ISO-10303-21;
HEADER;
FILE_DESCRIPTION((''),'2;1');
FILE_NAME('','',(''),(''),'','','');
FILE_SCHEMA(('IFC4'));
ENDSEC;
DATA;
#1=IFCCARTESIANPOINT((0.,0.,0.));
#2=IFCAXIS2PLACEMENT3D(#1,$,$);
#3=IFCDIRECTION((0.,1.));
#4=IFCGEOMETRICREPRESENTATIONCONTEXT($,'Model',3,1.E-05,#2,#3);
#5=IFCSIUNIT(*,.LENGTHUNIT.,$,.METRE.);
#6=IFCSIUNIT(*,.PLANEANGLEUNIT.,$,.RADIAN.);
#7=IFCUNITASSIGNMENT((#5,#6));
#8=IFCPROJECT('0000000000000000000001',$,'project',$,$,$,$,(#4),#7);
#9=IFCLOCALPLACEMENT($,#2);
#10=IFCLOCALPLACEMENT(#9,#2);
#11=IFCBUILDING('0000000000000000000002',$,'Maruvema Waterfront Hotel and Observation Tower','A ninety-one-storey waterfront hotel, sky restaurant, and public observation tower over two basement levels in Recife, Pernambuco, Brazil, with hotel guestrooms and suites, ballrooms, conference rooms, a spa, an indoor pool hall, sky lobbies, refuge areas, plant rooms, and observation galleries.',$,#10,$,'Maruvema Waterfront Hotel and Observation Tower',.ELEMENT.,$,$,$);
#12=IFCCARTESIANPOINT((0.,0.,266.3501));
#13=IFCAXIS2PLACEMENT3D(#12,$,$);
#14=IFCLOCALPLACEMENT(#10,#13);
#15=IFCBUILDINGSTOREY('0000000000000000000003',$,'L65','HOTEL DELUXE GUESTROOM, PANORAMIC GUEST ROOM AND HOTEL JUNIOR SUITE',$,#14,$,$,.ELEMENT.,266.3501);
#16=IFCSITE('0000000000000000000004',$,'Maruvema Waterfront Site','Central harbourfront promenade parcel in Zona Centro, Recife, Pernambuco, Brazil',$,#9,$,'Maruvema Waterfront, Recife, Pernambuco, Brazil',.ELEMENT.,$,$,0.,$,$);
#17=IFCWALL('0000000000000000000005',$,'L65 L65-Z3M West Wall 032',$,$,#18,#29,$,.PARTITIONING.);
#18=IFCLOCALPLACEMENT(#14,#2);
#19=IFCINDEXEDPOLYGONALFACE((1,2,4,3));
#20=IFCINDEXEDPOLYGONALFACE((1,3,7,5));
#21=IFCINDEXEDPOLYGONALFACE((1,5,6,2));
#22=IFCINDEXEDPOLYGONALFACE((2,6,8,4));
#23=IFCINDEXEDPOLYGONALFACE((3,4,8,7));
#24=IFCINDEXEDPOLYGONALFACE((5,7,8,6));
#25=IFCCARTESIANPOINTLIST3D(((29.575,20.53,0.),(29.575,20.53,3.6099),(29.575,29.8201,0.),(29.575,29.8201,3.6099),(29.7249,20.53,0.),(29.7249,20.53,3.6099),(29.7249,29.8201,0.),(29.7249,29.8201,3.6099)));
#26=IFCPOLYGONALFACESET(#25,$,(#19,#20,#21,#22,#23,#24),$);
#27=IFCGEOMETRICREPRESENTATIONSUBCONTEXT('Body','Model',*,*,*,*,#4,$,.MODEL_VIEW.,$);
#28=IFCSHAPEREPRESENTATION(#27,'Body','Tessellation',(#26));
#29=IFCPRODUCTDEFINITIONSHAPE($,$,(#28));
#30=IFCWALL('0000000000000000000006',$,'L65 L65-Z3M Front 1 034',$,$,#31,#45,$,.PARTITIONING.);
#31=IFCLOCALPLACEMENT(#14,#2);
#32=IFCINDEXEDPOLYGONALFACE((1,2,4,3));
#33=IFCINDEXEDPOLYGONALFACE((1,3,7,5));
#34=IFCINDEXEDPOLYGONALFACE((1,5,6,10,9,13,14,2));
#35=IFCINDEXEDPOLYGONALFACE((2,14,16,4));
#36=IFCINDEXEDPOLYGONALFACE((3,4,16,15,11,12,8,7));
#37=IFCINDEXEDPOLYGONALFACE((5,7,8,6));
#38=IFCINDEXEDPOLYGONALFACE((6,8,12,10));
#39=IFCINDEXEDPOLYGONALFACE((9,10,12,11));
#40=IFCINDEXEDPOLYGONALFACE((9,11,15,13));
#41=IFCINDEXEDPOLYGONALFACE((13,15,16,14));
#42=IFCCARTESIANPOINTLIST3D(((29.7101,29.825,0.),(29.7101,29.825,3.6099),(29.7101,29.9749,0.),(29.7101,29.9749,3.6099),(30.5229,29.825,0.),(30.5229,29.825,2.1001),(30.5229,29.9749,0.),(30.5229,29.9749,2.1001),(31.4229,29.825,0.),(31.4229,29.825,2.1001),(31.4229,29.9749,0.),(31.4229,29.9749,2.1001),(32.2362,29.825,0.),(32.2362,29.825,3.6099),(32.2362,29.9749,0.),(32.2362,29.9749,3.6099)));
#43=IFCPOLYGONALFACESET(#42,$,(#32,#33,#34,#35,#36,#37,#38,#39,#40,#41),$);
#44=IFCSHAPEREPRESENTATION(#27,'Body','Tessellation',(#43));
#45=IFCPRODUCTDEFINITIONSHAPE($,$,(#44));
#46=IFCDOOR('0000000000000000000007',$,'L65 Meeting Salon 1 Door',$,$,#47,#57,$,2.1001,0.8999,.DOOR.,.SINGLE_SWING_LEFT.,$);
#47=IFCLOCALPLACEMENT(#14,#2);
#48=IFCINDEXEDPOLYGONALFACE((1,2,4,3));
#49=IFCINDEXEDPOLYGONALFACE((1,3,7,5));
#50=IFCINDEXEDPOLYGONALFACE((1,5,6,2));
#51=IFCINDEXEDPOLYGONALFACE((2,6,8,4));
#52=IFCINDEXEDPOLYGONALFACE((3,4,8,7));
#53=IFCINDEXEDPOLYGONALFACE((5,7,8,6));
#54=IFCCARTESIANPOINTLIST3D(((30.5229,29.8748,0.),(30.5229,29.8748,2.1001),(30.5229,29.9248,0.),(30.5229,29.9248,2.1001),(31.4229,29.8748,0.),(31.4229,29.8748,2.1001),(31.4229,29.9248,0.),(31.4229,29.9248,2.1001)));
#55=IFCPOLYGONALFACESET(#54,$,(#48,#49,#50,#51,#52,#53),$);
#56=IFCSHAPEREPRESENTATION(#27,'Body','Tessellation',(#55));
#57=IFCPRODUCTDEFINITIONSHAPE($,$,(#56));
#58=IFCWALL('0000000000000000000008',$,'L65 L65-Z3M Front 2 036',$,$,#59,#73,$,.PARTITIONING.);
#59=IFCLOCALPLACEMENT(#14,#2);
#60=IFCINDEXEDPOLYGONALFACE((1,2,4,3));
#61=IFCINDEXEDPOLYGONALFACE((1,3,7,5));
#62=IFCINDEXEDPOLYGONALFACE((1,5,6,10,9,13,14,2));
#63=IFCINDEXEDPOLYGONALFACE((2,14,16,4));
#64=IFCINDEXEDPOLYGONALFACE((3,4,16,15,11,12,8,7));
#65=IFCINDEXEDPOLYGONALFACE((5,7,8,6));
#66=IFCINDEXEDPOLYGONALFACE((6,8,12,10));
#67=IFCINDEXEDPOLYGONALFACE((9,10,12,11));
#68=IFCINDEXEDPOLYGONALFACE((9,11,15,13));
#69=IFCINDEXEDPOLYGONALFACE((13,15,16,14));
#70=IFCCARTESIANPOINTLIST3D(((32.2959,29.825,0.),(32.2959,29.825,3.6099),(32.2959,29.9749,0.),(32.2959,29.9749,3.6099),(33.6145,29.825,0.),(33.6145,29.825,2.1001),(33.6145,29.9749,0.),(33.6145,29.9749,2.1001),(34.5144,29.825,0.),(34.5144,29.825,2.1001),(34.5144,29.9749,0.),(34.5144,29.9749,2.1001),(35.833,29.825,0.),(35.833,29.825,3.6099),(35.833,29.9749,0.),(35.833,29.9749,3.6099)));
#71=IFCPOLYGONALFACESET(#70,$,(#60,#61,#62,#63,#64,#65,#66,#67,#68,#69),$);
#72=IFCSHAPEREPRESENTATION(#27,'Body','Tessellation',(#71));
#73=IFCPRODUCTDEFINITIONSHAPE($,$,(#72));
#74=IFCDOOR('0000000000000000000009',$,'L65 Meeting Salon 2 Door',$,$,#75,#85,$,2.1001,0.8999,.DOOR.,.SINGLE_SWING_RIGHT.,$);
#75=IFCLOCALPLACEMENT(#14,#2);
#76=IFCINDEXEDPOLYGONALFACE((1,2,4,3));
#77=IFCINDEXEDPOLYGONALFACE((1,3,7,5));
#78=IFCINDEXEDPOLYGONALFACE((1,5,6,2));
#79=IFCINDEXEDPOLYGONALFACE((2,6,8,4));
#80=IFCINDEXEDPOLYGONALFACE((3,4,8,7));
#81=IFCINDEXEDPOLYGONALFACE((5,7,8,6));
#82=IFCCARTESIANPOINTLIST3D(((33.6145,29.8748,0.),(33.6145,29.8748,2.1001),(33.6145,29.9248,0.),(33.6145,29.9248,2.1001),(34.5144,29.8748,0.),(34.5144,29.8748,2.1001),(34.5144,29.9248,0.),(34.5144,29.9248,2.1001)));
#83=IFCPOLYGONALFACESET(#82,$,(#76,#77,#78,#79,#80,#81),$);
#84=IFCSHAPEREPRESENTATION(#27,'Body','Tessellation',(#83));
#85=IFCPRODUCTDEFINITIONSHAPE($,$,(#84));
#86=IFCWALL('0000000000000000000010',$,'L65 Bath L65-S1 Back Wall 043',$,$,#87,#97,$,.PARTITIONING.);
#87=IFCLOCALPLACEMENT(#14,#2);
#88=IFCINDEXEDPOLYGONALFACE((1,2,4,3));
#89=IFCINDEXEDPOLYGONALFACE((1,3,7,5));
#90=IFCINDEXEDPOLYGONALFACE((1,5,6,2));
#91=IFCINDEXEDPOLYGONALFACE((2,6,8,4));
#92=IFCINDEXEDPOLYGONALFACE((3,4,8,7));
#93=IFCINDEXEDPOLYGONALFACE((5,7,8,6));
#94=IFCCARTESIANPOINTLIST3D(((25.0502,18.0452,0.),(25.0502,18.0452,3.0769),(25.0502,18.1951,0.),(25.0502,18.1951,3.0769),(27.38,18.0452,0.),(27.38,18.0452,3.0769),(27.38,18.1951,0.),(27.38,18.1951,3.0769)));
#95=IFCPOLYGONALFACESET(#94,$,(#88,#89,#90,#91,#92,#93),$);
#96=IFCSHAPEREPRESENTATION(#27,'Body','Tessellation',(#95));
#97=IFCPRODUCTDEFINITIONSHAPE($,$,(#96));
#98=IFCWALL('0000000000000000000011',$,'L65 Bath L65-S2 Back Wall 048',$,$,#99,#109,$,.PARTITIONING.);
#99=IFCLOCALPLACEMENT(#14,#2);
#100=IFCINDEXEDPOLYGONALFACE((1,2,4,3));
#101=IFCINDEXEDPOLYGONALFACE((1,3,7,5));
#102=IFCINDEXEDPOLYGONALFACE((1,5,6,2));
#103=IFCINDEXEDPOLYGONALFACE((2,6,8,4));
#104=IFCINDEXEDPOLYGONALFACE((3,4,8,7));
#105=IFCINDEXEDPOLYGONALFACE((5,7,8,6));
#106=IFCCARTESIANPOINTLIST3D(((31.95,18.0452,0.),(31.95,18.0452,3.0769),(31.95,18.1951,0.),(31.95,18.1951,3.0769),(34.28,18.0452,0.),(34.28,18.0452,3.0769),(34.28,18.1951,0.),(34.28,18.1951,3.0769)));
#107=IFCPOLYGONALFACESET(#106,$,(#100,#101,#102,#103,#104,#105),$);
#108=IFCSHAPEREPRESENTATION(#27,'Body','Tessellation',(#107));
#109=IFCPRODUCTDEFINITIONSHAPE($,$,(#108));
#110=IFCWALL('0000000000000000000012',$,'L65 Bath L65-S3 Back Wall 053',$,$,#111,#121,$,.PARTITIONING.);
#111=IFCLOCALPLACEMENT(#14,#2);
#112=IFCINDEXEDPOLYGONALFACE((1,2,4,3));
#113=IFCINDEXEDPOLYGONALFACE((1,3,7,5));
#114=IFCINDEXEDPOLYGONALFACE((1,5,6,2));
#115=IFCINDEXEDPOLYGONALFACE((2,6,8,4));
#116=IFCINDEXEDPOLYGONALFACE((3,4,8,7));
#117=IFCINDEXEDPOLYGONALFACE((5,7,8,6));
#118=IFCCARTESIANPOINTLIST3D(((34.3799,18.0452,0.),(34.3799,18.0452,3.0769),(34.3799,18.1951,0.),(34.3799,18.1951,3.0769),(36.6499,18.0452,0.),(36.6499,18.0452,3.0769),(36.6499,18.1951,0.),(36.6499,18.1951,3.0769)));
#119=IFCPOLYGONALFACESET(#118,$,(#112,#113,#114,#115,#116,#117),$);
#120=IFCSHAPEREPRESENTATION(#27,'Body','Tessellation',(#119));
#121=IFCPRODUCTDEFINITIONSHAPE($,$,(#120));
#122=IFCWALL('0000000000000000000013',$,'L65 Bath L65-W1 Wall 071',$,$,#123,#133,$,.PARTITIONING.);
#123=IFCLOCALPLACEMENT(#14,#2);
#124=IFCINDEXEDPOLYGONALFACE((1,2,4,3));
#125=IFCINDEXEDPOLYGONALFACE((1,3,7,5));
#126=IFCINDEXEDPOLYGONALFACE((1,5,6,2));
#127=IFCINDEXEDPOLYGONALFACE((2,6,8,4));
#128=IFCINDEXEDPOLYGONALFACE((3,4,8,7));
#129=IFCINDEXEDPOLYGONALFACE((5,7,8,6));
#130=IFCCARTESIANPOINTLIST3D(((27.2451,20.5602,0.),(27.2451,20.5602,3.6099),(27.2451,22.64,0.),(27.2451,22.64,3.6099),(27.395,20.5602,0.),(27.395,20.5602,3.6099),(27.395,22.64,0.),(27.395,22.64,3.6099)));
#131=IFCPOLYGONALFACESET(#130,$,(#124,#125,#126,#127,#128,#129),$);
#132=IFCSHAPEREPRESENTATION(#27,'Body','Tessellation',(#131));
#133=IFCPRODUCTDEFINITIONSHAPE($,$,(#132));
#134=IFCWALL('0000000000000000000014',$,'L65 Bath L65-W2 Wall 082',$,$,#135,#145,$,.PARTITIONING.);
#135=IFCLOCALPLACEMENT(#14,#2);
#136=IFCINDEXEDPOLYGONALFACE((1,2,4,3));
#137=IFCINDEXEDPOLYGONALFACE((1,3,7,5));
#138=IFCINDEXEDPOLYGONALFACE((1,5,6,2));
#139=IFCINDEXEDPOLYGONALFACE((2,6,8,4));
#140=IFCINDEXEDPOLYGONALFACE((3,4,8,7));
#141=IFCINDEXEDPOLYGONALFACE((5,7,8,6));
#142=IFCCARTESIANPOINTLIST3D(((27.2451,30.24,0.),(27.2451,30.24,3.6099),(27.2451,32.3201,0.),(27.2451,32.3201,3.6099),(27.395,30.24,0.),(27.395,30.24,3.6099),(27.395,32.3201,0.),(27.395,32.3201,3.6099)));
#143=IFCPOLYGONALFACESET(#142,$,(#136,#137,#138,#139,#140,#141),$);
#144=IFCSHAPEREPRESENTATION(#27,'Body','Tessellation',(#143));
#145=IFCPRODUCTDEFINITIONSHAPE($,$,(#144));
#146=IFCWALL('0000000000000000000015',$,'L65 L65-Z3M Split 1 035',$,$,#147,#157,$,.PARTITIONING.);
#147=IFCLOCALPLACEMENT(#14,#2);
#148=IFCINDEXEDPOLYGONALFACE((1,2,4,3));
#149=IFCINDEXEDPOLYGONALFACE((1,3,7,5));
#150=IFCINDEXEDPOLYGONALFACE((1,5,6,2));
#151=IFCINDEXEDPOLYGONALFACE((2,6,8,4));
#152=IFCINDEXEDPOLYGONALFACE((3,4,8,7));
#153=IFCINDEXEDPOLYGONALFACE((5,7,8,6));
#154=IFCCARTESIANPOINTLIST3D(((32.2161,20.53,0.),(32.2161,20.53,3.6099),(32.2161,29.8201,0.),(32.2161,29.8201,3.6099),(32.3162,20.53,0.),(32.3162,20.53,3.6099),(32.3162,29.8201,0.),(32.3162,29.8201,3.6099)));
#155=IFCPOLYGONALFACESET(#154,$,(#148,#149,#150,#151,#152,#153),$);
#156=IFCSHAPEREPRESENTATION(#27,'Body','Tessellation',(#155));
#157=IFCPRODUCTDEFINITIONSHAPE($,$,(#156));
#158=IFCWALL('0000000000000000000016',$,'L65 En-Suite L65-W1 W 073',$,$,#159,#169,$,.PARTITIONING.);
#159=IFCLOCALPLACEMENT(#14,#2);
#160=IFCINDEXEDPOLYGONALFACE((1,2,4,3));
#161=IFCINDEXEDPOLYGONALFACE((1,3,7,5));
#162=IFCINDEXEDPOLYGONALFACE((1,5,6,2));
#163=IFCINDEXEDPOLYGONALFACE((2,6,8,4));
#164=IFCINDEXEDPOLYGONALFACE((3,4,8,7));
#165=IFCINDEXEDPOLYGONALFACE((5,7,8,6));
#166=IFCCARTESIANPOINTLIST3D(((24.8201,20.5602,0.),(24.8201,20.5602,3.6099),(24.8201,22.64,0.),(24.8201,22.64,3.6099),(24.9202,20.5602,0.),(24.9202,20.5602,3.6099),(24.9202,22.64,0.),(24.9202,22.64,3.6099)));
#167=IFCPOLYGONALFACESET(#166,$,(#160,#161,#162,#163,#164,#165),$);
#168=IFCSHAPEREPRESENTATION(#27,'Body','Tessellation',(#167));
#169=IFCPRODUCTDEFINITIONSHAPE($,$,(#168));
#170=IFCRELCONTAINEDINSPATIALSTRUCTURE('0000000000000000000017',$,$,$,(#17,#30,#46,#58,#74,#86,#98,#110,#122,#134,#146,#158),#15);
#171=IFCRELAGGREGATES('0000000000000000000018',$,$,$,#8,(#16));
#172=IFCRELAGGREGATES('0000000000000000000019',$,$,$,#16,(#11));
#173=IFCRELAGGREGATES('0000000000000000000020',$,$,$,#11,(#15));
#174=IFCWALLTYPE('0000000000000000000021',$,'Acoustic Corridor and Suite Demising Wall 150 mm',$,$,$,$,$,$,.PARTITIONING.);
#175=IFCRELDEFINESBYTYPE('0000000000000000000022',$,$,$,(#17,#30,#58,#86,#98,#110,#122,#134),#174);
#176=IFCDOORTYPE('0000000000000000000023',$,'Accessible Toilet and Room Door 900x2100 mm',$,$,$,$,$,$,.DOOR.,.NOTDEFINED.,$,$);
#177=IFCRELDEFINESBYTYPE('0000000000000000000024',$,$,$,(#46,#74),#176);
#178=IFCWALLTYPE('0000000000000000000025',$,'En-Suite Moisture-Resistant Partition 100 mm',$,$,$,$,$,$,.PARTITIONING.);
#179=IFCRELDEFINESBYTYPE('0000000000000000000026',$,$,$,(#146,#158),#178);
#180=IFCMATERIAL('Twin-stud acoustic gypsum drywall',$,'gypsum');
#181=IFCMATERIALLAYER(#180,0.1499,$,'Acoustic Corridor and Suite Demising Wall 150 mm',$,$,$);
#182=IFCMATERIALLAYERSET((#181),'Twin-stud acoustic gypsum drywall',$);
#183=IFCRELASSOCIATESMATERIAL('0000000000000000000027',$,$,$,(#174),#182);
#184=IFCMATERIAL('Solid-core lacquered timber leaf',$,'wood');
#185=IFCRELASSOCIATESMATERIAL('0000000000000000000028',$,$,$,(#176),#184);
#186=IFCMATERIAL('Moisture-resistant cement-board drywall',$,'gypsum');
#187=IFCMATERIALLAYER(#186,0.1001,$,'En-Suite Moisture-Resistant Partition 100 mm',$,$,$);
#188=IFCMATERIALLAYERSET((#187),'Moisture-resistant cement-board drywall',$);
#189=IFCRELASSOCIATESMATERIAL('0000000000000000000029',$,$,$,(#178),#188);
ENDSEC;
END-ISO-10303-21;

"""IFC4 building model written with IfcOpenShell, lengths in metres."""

from ifc_helpers import new_model, si_unit, direction, frame, frame_2d, origin, place, context, subcontext, project, spatial, rectangle, extrude, material, layer, layer_set, type_object, element, fill, save


model = new_model("IFC4")

# Units and contexts
model_context = context("Model", 3, precision=1e-05, world=origin(), true_north=direction((0.0, 1.0)))
body_context = subcontext(model_context, "Body", "Model", "MODEL_VIEW")
ifc_project = project(units=[si_unit("LENGTHUNIT", "METRE"), si_unit("PLANEANGLEUNIT", "RADIAN")], contexts=[model_context])

# Site, building, storey
site_placement = place(None, origin())
site = spatial("IfcSite", under=ifc_project, at=site_placement, Name="Maruvema Waterfront Site", Description="Central harbourfront promenade parcel in Zona Centro, Recife, Pernambuco, Brazil", LongName="Maruvema Waterfront, Recife, Pernambuco, Brazil", CompositionType="ELEMENT", RefElevation=0.0)
building_placement = place(site_placement, origin())
building = spatial("IfcBuilding", under=site, at=building_placement, Name="Maruvema Waterfront Hotel and Observation Tower", Description="A ninety-one-storey waterfront hotel, sky restaurant, and public observation tower over two basement levels in Recife, Pernambuco, Brazil, with hotel guestrooms and suites, ballrooms, conference rooms, a spa, an indoor pool hall, sky lobbies, refuge areas, plant rooms, and observation galleries.", LongName="Maruvema Waterfront Hotel and Observation Tower", CompositionType="ELEMENT")
storey_placement = place(building_placement, frame((0.0, 0.0, 266.3501)))
storey = spatial("IfcBuildingStorey", under=building, at=storey_placement, Name="L65", Description="HOTEL DELUXE GUESTROOM, PANORAMIC GUEST ROOM AND HOTEL JUNIOR SUITE", CompositionType="ELEMENT", Elevation=266.3501)

# Wall
ifc_material_1 = material(Name="Twin-stud acoustic gypsum drywall", Category="gypsum")
ifc_layer_1 = layer(ifc_material_1, 0.1499, Name="Acoustic Corridor and Suite Demising Wall 150 mm")
ifc_layer_set_1 = layer_set([ifc_layer_1], Name="Twin-stud acoustic gypsum drywall")
wall_type_1 = type_object("IfcWallType", Name="Acoustic Corridor and Suite Demising Wall 150 mm", PredefinedType="PARTITIONING", material=ifc_layer_set_1)
wall_1_placement = place(storey_placement, frame((29.6499, 20.53, 0.0), z_axis=(0.0, 0.0, 1.0), x_axis=(0.0, 1.0, 0.0)))
element("IfcWall", 1, at=wall_1_placement, inside=storey, type_object=wall_type_1, Name="L65 L65-Z3M West Wall 032", PredefinedType="PARTITIONING", context=body_context, shape_type="SweptSolid", body=[
    extrude(rectangle(XDim=9.29, YDim=0.1499, at=frame_2d((4.645, 0.0))), origin(), (0.0, 0.0, 1.0), 3.6099),
])

# Walls, openings, doors
wall_2_placement = place(storey_placement, frame((29.71, 29.8999, 0.0), z_axis=(0.0, 0.0, 1.0), x_axis=(1.0, 0.0, 0.0)))
wall_2 = element("IfcWall", 2, at=wall_2_placement, inside=storey, type_object=wall_type_1, Name="L65 L65-Z3M Front 1 034", PredefinedType="PARTITIONING", context=body_context, shape_type="SweptSolid", body=[
    extrude(rectangle(XDim=2.5261, YDim=0.1499, at=frame_2d((1.2632, 0.0))), origin(), (0.0, 0.0, 1.0), 3.6099),
])
opening_1_placement = place(wall_2_placement, frame((0.813, 0.0, 0.0)))
opening_1 = element("IfcOpeningElement", 3, at=opening_1_placement, cuts=wall_2, PredefinedType="OPENING", context=body_context, shape_type="SweptSolid", body=[
    extrude(rectangle(XDim=0.8999, YDim=2.1001, at=frame_2d((0.45, 1.05))), frame((0.0, 0.085, 0.0), z_axis=(0.0, -1.0, 0.0), x_axis=(1.0, 0.0, 0.0)), (0.0, 0.0, 1.0), 0.1699),
])
ifc_material_2 = material(Name="Solid-core lacquered timber leaf", Category="wood")
door_type_1 = type_object("IfcDoorType", Name="Accessible Toilet and Room Door 900x2100 mm", OperationType="NOTDEFINED", PredefinedType="DOOR", material=ifc_material_2)
door_1_placement = place(opening_1_placement, origin())
door_1 = element("IfcDoor", 4, at=door_1_placement, inside=storey, type_object=door_type_1, Name="L65 Meeting Salon 1 Door", OperationType="SINGLE_SWING_LEFT", OverallHeight=2.1001, OverallWidth=0.8999, PredefinedType="DOOR", context=body_context, shape_type="SweptSolid", body=[
    extrude(rectangle(XDim=0.8999, YDim=2.1001, at=frame_2d((0.45, 1.05))), frame((0.0, 0.0249, 0.0), z_axis=(0.0, -1.0, 0.0), x_axis=(1.0, 0.0, 0.0)), (0.0, 0.0, 1.0), 0.05),
])
fill(opening_1, door_1)
wall_3_placement = place(storey_placement, frame((32.2959, 29.8999, 0.0), z_axis=(0.0, 0.0, 1.0), x_axis=(1.0, 0.0, 0.0)))
wall_3 = element("IfcWall", 5, at=wall_3_placement, inside=storey, type_object=wall_type_1, Name="L65 L65-Z3M Front 2 036", PredefinedType="PARTITIONING", context=body_context, shape_type="SweptSolid", body=[
    extrude(rectangle(XDim=3.5371, YDim=0.1499, at=frame_2d((1.7686, 0.0))), origin(), (0.0, 0.0, 1.0), 3.6099),
])
opening_2_placement = place(wall_3_placement, frame((1.3186, 0.0, 0.0)))
opening_2 = element("IfcOpeningElement", 6, at=opening_2_placement, cuts=wall_3, PredefinedType="OPENING", context=body_context, shape_type="SweptSolid", body=[
    extrude(rectangle(XDim=0.8999, YDim=2.1001, at=frame_2d((0.45, 1.05))), frame((0.0, 0.085, 0.0), z_axis=(0.0, -1.0, 0.0), x_axis=(1.0, 0.0, 0.0)), (0.0, 0.0, 1.0), 0.1699),
])
door_2_placement = place(opening_2_placement, origin())
door_2 = element("IfcDoor", 7, at=door_2_placement, inside=storey, type_object=door_type_1, Name="L65 Meeting Salon 2 Door", OperationType="SINGLE_SWING_RIGHT", OverallHeight=2.1001, OverallWidth=0.8999, PredefinedType="DOOR", context=body_context, shape_type="SweptSolid", body=[
    extrude(rectangle(XDim=0.8999, YDim=2.1001, at=frame_2d((0.45, 1.05))), frame((0.0, 0.0249, 0.0), z_axis=(0.0, -1.0, 0.0), x_axis=(1.0, 0.0, 0.0)), (0.0, 0.0, 1.0), 0.05),
])
fill(opening_2, door_2)

# Walls
wall_4_placement = place(storey_placement, frame((25.05, 18.1201, 0.0), z_axis=(0.0, 0.0, 1.0), x_axis=(1.0, 0.0, 0.0)))
element("IfcWall", 8, at=wall_4_placement, inside=storey, type_object=wall_type_1, Name="L65 Bath L65-S1 Back Wall 043", PredefinedType="PARTITIONING", context=body_context, shape_type="SweptSolid", body=[
    extrude(rectangle(XDim=2.3298, YDim=0.1499, at=frame_2d((1.165, 0.0))), origin(), (0.0, 0.0, 1.0), 3.0769),
])
wall_5_placement = place(storey_placement, frame((31.95, 18.1201, 0.0), z_axis=(0.0, 0.0, 1.0), x_axis=(1.0, 0.0, 0.0)))
element("IfcWall", 9, at=wall_5_placement, inside=storey, type_object=wall_type_1, Name="L65 Bath L65-S2 Back Wall 048", PredefinedType="PARTITIONING", context=body_context, shape_type="SweptSolid", body=[
    extrude(rectangle(XDim=2.3301, YDim=0.1499, at=frame_2d((1.165, 0.0))), origin(), (0.0, 0.0, 1.0), 3.0769),
])

# Walls
wall_6_placement = place(storey_placement, frame((34.3799, 18.1201, 0.0), z_axis=(0.0, 0.0, 1.0), x_axis=(1.0, 0.0, 0.0)))
element("IfcWall", 10, at=wall_6_placement, inside=storey, type_object=wall_type_1, Name="L65 Bath L65-S3 Back Wall 053", PredefinedType="PARTITIONING", context=body_context, shape_type="SweptSolid", body=[
    extrude(rectangle(XDim=2.27, YDim=0.1499, at=frame_2d((1.135, 0.0))), origin(), (0.0, 0.0, 1.0), 3.0769),
])
wall_7_placement = place(storey_placement, frame((27.3201, 20.5601, 0.0), z_axis=(0.0, 0.0, 1.0), x_axis=(0.0, 1.0, 0.0)))
element("IfcWall", 11, at=wall_7_placement, inside=storey, type_object=wall_type_1, Name="L65 Bath L65-W1 Wall 071", PredefinedType="PARTITIONING", context=body_context, shape_type="SweptSolid", body=[
    extrude(rectangle(XDim=2.0798, YDim=0.1499, at=frame_2d((1.04, 0.0))), origin(), (0.0, 0.0, 1.0), 3.6099),
])

# Walls
wall_8_placement = place(storey_placement, frame((27.3201, 30.24, 0.0), z_axis=(0.0, 0.0, 1.0), x_axis=(0.0, 1.0, 0.0)))
element("IfcWall", 12, at=wall_8_placement, inside=storey, type_object=wall_type_1, Name="L65 Bath L65-W2 Wall 082", PredefinedType="PARTITIONING", context=body_context, shape_type="SweptSolid", body=[
    extrude(rectangle(XDim=2.0801, YDim=0.1499, at=frame_2d((1.04, 0.0))), origin(), (0.0, 0.0, 1.0), 3.6099),
])
ifc_material_3 = material(Name="Moisture-resistant cement-board drywall", Category="gypsum")
ifc_layer_2 = layer(ifc_material_3, 0.1001, Name="En-Suite Moisture-Resistant Partition 100 mm")
ifc_layer_set_2 = layer_set([ifc_layer_2], Name="Moisture-resistant cement-board drywall")
wall_type_2 = type_object("IfcWallType", Name="En-Suite Moisture-Resistant Partition 100 mm", PredefinedType="PARTITIONING", material=ifc_layer_set_2)
wall_9_placement = place(storey_placement, frame((32.2661, 20.53, 0.0), z_axis=(0.0, 0.0, 1.0), x_axis=(0.0, 1.0, 0.0)))
element("IfcWall", 13, at=wall_9_placement, inside=storey, type_object=wall_type_2, Name="L65 L65-Z3M Split 1 035", PredefinedType="PARTITIONING", context=body_context, shape_type="SweptSolid", body=[
    extrude(rectangle(XDim=9.29, YDim=0.1001, at=frame_2d((4.645, 0.0))), origin(), (0.0, 0.0, 1.0), 3.6099),
])
wall_10_placement = place(storey_placement, frame((24.8701, 20.5601, 0.0), z_axis=(0.0, 0.0, 1.0), x_axis=(0.0, 1.0, 0.0)))
element("IfcWall", 14, at=wall_10_placement, inside=storey, type_object=wall_type_2, Name="L65 En-Suite L65-W1 W 073", PredefinedType="PARTITIONING", context=body_context, shape_type="SweptSolid", body=[
    extrude(rectangle(XDim=2.0798, YDim=0.1001, at=frame_2d((1.04, 0.0))), origin(), (0.0, 0.0, 1.0), 3.6099),
])

save(model, "model.ifc")
